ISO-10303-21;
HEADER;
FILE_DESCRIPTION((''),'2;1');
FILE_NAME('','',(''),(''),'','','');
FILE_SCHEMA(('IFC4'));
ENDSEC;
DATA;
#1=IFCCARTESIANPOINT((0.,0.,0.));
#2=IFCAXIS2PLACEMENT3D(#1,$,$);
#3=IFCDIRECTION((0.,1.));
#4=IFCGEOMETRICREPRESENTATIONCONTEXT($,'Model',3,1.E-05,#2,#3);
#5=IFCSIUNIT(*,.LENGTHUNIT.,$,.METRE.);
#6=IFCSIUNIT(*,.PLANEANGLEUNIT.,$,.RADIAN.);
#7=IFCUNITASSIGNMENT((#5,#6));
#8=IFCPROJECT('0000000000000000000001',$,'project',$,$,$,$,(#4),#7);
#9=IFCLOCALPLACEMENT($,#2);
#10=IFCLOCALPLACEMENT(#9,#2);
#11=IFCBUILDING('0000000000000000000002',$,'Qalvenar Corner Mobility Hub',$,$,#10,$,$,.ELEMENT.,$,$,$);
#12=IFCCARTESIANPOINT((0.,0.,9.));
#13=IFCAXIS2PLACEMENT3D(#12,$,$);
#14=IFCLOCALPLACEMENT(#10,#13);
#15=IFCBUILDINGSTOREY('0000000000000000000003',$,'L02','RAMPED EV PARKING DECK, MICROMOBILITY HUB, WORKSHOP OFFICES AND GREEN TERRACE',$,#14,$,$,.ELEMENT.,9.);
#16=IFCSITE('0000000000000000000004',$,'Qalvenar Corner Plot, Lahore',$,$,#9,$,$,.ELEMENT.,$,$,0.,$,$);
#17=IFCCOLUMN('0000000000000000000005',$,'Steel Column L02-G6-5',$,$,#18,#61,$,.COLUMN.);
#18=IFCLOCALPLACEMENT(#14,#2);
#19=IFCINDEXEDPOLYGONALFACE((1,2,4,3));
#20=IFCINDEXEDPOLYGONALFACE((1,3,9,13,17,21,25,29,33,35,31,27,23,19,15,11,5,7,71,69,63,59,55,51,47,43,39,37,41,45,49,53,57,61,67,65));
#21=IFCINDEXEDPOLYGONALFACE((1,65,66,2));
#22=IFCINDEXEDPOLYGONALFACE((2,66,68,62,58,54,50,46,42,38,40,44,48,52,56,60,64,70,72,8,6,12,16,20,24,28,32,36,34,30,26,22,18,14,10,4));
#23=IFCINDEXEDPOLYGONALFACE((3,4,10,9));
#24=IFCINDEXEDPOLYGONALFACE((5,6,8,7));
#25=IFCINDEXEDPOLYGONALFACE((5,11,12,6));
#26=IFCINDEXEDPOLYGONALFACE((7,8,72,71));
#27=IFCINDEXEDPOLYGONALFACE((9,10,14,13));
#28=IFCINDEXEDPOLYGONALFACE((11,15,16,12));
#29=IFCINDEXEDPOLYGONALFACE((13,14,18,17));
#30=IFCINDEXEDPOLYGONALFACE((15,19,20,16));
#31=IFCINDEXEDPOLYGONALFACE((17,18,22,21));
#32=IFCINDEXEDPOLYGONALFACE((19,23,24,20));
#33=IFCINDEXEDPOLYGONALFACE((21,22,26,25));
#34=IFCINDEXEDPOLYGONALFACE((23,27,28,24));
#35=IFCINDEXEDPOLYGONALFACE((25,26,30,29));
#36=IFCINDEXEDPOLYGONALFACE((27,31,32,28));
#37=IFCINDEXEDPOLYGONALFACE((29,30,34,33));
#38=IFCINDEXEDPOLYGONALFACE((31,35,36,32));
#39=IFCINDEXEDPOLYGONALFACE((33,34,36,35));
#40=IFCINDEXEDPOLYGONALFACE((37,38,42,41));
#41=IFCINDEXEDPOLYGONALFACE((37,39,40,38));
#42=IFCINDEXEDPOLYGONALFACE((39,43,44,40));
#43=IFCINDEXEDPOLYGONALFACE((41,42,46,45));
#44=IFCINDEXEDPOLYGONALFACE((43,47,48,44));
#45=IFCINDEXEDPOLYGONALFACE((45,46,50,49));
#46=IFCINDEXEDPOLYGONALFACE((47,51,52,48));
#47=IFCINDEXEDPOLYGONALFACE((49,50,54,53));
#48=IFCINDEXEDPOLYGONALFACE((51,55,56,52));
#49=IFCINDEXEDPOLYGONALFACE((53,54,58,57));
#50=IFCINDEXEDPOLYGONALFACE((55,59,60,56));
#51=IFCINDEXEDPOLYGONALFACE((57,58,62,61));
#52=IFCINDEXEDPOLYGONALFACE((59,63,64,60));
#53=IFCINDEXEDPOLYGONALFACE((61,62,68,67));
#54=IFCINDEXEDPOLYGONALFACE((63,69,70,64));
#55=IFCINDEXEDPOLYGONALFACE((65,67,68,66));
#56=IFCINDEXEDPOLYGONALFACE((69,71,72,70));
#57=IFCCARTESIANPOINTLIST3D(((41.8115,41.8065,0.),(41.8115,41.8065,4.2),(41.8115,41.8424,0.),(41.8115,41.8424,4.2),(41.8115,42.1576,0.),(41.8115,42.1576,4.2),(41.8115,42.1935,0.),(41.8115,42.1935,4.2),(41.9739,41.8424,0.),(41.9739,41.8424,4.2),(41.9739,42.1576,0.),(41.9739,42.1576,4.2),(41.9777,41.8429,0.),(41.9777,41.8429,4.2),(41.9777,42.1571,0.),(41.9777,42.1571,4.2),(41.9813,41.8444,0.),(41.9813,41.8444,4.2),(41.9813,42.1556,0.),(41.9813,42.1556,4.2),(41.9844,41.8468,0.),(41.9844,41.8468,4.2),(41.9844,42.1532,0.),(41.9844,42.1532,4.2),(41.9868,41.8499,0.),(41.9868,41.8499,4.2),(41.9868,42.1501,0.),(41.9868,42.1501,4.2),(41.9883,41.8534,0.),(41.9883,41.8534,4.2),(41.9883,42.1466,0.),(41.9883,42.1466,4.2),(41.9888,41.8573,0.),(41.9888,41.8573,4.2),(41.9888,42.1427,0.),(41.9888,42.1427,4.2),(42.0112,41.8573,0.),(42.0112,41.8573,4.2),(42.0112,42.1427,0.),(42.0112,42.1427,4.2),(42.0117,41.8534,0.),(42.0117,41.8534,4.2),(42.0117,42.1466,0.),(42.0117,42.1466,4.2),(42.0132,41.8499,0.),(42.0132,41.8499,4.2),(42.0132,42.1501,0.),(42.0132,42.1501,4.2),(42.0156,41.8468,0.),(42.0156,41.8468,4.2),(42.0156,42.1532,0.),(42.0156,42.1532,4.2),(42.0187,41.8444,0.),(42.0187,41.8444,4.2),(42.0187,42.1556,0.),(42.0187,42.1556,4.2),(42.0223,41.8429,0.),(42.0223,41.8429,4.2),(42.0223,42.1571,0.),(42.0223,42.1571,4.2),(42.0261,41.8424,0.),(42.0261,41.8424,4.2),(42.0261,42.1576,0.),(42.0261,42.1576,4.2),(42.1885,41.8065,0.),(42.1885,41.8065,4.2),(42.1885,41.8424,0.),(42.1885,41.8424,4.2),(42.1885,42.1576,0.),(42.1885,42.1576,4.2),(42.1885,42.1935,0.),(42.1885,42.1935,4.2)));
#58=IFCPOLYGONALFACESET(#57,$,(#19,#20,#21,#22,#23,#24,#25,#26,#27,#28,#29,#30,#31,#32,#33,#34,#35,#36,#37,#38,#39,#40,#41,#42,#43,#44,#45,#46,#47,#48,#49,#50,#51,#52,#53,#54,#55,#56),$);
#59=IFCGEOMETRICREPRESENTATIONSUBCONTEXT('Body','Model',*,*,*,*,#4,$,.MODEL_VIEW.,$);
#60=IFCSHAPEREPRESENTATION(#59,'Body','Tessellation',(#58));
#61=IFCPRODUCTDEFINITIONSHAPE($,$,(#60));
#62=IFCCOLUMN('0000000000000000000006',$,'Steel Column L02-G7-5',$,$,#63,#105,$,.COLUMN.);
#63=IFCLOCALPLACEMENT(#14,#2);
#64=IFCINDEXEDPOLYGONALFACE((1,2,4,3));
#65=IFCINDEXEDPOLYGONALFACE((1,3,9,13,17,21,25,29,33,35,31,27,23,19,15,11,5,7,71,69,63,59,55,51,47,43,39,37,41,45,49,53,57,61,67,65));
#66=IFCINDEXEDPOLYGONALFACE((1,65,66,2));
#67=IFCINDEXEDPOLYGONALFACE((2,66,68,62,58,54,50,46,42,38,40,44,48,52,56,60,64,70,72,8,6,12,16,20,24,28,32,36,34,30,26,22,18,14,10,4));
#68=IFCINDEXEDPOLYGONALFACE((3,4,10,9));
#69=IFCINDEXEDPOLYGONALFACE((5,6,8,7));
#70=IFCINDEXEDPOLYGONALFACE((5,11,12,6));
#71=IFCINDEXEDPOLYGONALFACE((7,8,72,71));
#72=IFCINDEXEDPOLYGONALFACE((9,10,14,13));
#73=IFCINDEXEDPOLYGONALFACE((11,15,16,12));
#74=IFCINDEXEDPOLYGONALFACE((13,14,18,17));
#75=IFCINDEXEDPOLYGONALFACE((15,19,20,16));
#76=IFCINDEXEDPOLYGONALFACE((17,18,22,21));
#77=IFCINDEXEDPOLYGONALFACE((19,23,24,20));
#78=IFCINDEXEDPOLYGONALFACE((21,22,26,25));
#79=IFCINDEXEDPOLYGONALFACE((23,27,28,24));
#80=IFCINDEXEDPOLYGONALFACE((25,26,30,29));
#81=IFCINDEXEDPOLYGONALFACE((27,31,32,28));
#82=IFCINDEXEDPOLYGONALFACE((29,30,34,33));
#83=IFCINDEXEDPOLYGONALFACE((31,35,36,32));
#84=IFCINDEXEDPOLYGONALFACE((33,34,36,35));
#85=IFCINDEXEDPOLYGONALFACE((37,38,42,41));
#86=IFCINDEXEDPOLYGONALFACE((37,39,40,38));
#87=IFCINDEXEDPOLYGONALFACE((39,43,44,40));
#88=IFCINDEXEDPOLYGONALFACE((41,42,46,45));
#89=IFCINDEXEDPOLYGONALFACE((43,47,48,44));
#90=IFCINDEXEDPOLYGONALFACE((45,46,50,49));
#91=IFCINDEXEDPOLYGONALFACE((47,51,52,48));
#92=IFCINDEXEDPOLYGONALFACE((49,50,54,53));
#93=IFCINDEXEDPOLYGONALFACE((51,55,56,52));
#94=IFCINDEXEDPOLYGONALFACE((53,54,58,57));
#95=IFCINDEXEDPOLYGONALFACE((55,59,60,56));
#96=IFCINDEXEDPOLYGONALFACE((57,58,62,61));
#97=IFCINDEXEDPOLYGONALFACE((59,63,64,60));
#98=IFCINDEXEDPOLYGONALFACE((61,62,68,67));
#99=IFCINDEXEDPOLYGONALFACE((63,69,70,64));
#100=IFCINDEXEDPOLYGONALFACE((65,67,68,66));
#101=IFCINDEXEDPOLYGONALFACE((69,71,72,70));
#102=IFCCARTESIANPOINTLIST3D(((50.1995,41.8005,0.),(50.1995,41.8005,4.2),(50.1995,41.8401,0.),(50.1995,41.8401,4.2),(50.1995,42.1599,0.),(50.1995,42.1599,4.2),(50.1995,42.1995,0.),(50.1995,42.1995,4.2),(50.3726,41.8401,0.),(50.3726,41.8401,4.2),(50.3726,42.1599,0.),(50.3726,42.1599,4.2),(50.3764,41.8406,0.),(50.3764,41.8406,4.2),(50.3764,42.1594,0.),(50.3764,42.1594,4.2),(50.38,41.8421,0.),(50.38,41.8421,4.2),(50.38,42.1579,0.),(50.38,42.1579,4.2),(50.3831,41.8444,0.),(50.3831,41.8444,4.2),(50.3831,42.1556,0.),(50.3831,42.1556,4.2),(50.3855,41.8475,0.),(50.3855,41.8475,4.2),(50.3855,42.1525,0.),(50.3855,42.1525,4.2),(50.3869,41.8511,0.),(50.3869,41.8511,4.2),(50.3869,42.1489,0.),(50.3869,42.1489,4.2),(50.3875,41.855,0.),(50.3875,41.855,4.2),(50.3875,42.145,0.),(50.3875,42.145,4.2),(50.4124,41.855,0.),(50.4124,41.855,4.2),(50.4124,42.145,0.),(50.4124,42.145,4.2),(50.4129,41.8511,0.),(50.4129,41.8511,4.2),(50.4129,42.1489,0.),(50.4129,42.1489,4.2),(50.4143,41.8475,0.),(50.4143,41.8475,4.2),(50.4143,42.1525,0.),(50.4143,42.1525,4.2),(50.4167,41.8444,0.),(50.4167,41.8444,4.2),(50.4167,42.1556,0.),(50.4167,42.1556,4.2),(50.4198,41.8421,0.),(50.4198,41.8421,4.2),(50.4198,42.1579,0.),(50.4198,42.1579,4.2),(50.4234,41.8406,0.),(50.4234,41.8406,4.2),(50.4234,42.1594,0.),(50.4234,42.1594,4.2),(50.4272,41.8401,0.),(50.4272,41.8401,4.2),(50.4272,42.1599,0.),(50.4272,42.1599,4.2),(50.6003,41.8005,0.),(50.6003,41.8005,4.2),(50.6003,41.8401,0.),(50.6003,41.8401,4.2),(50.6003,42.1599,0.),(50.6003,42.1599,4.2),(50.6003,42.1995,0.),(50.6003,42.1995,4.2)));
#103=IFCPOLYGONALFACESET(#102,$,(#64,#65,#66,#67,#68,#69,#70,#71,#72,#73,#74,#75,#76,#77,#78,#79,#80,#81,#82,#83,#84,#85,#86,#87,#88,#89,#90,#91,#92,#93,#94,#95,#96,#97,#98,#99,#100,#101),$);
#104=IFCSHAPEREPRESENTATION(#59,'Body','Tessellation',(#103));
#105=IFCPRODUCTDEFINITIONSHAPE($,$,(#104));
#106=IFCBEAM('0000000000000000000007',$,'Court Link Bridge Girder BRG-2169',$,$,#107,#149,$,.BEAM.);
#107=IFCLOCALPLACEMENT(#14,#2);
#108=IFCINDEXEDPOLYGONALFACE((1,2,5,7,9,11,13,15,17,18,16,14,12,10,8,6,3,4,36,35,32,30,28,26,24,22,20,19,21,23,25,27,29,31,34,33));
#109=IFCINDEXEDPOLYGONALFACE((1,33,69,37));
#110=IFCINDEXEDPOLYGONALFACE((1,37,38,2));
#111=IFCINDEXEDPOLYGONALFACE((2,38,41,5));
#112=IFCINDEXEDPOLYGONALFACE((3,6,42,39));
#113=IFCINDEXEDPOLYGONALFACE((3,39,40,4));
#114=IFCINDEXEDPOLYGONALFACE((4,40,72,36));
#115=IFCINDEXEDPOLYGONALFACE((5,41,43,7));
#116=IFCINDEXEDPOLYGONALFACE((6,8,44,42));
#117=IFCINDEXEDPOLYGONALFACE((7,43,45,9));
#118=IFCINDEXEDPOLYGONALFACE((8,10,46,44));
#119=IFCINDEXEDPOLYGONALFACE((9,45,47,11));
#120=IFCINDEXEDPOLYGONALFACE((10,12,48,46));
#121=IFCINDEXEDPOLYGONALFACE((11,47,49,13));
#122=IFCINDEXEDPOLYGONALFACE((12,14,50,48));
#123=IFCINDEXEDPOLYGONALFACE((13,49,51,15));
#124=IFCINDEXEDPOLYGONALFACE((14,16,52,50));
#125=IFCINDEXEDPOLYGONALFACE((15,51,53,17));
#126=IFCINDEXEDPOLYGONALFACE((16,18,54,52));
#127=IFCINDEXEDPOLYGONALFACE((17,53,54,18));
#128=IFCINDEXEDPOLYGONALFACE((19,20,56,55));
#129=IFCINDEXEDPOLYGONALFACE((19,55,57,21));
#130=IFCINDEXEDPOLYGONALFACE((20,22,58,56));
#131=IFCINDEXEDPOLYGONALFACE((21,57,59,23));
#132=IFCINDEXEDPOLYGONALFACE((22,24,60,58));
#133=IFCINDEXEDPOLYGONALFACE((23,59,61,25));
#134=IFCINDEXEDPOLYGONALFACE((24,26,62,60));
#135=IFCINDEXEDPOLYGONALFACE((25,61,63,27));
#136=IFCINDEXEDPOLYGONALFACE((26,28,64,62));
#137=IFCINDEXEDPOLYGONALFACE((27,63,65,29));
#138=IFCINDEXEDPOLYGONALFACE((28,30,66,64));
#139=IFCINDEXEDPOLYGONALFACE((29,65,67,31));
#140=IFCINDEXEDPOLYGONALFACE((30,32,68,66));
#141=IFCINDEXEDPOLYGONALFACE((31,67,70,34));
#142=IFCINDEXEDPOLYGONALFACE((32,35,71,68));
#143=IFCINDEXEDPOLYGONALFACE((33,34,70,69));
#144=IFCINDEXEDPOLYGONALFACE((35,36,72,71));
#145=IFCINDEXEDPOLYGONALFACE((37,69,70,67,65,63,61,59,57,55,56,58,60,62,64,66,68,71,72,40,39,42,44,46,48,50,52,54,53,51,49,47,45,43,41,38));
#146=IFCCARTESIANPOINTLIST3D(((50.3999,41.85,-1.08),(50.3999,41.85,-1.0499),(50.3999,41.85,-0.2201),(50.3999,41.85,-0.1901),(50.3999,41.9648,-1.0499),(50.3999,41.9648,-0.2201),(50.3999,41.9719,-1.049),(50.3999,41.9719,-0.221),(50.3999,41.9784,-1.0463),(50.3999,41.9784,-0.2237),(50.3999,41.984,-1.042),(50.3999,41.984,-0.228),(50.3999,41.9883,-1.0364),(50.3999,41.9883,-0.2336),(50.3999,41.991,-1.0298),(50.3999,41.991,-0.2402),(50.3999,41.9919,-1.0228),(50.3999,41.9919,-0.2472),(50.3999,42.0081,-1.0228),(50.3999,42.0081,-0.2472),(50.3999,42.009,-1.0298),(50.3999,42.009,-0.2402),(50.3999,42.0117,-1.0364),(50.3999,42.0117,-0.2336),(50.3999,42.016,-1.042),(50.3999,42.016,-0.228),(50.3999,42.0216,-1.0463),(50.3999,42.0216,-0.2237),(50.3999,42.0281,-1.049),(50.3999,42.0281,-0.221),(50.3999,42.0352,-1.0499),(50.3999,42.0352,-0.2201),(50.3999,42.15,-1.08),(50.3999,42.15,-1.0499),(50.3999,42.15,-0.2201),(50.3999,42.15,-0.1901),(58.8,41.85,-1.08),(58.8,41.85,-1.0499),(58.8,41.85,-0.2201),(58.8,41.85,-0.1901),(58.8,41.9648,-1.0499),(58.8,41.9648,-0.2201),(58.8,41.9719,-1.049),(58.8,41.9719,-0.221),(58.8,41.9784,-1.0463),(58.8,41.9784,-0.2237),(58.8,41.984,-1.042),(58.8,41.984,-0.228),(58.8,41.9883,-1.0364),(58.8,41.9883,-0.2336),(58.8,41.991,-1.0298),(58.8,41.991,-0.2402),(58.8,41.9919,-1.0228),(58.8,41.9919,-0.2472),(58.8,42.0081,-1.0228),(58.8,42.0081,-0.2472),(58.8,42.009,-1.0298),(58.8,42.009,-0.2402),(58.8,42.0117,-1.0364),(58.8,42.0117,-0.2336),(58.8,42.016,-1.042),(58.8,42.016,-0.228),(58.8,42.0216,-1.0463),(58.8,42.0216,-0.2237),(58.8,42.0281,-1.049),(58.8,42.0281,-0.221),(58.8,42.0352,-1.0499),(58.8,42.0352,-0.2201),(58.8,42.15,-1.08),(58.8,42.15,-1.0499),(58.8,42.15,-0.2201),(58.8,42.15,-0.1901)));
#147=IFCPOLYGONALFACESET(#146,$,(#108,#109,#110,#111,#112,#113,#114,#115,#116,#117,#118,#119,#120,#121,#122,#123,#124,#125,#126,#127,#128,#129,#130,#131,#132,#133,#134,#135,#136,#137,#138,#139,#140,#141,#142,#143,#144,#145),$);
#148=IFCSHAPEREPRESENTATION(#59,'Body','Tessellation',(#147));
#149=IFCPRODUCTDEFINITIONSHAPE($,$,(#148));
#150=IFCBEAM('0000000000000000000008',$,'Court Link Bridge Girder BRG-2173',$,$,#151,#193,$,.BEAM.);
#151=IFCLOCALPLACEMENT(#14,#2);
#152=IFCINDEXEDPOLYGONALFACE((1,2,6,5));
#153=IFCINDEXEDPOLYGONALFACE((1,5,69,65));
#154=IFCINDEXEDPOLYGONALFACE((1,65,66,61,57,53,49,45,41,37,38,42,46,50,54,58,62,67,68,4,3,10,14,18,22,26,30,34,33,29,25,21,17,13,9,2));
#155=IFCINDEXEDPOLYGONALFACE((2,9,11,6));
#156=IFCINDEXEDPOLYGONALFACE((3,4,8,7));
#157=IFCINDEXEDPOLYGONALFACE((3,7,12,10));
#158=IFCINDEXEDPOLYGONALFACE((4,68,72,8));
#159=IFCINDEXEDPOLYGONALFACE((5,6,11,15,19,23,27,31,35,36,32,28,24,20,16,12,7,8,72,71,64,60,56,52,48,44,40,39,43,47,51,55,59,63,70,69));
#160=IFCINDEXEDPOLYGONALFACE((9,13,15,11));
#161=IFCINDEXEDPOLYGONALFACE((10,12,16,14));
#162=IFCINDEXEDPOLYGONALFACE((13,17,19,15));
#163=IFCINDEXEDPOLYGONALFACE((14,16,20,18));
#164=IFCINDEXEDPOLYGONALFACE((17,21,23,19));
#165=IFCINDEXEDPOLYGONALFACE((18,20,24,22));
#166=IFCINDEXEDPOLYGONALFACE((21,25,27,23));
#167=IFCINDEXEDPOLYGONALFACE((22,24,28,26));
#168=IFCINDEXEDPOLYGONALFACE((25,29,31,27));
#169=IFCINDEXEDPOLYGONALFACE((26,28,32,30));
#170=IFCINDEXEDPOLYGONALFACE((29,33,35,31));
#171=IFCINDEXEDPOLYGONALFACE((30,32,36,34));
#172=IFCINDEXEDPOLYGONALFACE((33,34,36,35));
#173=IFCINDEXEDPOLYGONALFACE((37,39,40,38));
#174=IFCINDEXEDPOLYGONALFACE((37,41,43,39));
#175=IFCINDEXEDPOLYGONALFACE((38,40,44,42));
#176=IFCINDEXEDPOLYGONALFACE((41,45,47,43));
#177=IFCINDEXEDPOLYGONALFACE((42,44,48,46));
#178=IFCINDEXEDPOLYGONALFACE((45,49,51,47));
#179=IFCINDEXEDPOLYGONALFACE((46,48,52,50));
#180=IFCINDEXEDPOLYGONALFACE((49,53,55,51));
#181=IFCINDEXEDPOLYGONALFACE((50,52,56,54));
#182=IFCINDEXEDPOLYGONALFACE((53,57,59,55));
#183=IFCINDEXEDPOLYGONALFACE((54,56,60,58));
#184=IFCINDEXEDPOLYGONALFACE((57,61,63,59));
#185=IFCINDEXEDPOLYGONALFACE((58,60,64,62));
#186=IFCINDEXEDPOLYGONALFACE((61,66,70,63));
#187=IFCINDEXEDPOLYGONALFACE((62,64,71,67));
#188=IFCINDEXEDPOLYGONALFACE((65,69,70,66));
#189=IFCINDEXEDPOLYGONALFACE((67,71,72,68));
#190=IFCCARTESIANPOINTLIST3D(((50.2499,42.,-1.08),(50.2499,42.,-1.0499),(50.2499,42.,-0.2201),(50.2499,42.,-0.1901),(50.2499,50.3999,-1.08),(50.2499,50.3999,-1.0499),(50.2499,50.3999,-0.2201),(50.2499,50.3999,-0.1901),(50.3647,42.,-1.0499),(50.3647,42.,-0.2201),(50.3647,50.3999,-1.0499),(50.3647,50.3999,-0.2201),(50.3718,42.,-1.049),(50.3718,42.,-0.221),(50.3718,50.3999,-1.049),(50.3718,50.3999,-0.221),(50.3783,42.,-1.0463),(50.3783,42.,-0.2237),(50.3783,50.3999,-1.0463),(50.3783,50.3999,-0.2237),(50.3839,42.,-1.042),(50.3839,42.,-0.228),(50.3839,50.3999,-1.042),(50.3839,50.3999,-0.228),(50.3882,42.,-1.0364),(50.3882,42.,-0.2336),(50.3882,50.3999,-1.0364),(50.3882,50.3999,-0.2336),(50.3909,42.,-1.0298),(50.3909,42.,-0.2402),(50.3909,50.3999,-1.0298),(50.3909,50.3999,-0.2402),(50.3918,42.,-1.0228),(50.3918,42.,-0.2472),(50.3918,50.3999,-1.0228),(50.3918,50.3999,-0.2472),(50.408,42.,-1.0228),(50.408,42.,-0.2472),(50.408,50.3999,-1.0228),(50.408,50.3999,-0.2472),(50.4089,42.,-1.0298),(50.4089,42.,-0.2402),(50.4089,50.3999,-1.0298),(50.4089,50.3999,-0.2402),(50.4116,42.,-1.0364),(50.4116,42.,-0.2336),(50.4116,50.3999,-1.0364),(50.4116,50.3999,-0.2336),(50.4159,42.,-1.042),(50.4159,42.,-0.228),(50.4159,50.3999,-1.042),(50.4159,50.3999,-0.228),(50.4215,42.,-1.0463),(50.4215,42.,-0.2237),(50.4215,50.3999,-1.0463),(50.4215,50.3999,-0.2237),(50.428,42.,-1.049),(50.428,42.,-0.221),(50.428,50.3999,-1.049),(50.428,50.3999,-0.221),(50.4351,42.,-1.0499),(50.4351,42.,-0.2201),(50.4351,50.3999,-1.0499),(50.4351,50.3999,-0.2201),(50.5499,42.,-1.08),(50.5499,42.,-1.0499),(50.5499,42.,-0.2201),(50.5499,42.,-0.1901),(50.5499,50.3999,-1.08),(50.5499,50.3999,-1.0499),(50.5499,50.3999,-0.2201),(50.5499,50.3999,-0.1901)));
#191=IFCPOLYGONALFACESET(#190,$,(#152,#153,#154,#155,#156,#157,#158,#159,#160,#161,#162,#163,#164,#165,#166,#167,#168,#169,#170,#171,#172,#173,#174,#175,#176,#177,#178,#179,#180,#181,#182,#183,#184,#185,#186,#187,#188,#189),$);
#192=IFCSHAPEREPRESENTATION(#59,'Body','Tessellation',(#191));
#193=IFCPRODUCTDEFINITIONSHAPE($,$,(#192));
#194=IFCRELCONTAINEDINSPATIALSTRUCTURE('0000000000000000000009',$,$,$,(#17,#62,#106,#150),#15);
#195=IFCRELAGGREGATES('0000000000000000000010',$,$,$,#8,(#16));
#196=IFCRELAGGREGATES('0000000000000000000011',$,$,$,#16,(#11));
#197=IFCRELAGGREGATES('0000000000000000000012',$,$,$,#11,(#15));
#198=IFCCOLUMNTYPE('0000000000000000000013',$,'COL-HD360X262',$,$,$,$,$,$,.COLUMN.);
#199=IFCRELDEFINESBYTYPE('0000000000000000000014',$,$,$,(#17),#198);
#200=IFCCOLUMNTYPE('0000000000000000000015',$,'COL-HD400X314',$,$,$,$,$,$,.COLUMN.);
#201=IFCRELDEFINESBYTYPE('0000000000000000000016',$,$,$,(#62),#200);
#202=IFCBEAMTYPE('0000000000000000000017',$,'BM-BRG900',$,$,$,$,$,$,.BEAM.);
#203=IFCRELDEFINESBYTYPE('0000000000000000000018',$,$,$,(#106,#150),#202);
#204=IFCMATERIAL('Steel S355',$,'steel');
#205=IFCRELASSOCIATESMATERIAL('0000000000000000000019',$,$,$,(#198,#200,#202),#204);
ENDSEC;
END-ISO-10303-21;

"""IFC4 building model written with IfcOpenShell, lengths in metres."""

from ifc_helpers import new_model, si_unit, direction, frame, origin, origin_2d, place, context, subcontext, project, spatial, i_section, extrude, material, material_profile, profile_set, type_object, element, save


model = new_model("IFC4")

# Units and contexts
model_context = context("Model", 3, precision=1e-05, world=origin(), true_north=direction((0.0, 1.0)))
body_context = subcontext(model_context, "Body", "Model", "MODEL_VIEW")
ifc_project = project(units=[si_unit("LENGTHUNIT", "METRE"), si_unit("PLANEANGLEUNIT", "RADIAN")], contexts=[model_context])

# Site, building, storey
site_placement = place(None, origin())
site = spatial("IfcSite", under=ifc_project, at=site_placement, Name="Qalvenar Corner Plot, Lahore", CompositionType="ELEMENT", RefElevation=0.0)
building_placement = place(site_placement, origin())
building = spatial("IfcBuilding", under=site, at=building_placement, Name="Qalvenar Corner Mobility Hub", CompositionType="ELEMENT")
storey_placement = place(building_placement, frame((0.0, 0.0, 9.0)))
storey = spatial("IfcBuildingStorey", under=building, at=storey_placement, Name="L02", Description="RAMPED EV PARKING DECK, MICROMOBILITY HUB, WORKSHOP OFFICES AND GREEN TERRACE", CompositionType="ELEMENT", Elevation=9.0)

# Columns
ifc_material_1 = material(Name="Steel S355", Category="steel")
ifc_material_profile_1 = material_profile(ifc_material_1, i_section(OverallWidth=0.377, OverallDepth=0.387, WebThickness=0.0225, FlangeThickness=0.0359, FilletRadius=0.0149, at=origin_2d()), Name="HD360x262")
ifc_profile_set_1 = profile_set([ifc_material_profile_1], Name="Steel S355")
column_type_1 = type_object("IfcColumnType", Name="COL-HD360X262", PredefinedType="COLUMN", material=ifc_profile_set_1)
column_1_placement = place(storey_placement, frame((42.0, 42.0, 0.0), z_axis=(0.0, 0.0, 1.0), x_axis=(1.0, 0.0, 0.0)))
element("IfcColumn", 1, at=column_1_placement, inside=storey, type_object=column_type_1, Name="Steel Column L02-G6-5", PredefinedType="COLUMN", context=body_context, shape_type="SweptSolid", body=[
    extrude(i_section(OverallWidth=0.377, OverallDepth=0.387, WebThickness=0.0225, FlangeThickness=0.0359, FilletRadius=0.0149, at=origin_2d()), origin(), (0.0, 0.0, 1.0), 4.2),
])
ifc_material_profile_2 = material_profile(ifc_material_1, i_section(OverallWidth=0.4009, OverallDepth=0.3989, WebThickness=0.0249, FlangeThickness=0.0396, FilletRadius=0.0149, at=origin_2d()), Name="HD400x314")
ifc_profile_set_2 = profile_set([ifc_material_profile_2], Name="Steel S355")
column_type_2 = type_object("IfcColumnType", Name="COL-HD400X314", PredefinedType="COLUMN", material=ifc_profile_set_2)
column_2_placement = place(storey_placement, frame((50.3999, 42.0, 0.0), z_axis=(0.0, 0.0, 1.0), x_axis=(1.0, 0.0, 0.0)))
element("IfcColumn", 2, at=column_2_placement, inside=storey, type_object=column_type_2, Name="Steel Column L02-G7-5", PredefinedType="COLUMN", context=body_context, shape_type="SweptSolid", body=[
    extrude(i_section(OverallWidth=0.4009, OverallDepth=0.3989, WebThickness=0.0249, FlangeThickness=0.0396, FilletRadius=0.0149, at=origin_2d()), origin(), (0.0, 0.0, 1.0), 4.2),
])

# Beams
ifc_material_profile_3 = material_profile(ifc_material_1, i_section(OverallWidth=0.3, OverallDepth=0.8899, WebThickness=0.0161, FlangeThickness=0.03, FilletRadius=0.0271, at=origin_2d()), Name="HEA900")
ifc_profile_set_3 = profile_set([ifc_material_profile_3], Name="Steel S355")
beam_type_1 = type_object("IfcBeamType", Name="BM-BRG900", PredefinedType="BEAM", material=ifc_profile_set_3)
beam_1_placement = place(storey_placement, frame((50.3999, 42.0, -0.635), z_axis=(1.0, 0.0, 0.0), x_axis=(0.0, 1.0, 0.0)))
element("IfcBeam", 3, at=beam_1_placement, inside=storey, type_object=beam_type_1, Name="Court Link Bridge Girder BRG-2169", PredefinedType="BEAM", context=body_context, shape_type="SweptSolid", body=[
    extrude(i_section(OverallWidth=0.3, OverallDepth=0.8899, WebThickness=0.0161, FlangeThickness=0.03, FilletRadius=0.0271, at=origin_2d()), origin(), (0.0, 0.0, 1.0), 8.4001),
])
beam_2_placement = place(storey_placement, frame((50.3999, 42.0, -0.635), z_axis=(0.0, 1.0, 0.0), x_axis=(-1.0, 0.0, 0.0)))
element("IfcBeam", 4, at=beam_2_placement, inside=storey, type_object=beam_type_1, Name="Court Link Bridge Girder BRG-2173", PredefinedType="BEAM", context=body_context, shape_type="SweptSolid", body=[
    extrude(i_section(OverallWidth=0.3, OverallDepth=0.8899, WebThickness=0.0161, FlangeThickness=0.03, FilletRadius=0.0271, at=origin_2d()), origin(), (0.0, 0.0, 1.0), 8.3999),
])

save(model, "model.ifc")
